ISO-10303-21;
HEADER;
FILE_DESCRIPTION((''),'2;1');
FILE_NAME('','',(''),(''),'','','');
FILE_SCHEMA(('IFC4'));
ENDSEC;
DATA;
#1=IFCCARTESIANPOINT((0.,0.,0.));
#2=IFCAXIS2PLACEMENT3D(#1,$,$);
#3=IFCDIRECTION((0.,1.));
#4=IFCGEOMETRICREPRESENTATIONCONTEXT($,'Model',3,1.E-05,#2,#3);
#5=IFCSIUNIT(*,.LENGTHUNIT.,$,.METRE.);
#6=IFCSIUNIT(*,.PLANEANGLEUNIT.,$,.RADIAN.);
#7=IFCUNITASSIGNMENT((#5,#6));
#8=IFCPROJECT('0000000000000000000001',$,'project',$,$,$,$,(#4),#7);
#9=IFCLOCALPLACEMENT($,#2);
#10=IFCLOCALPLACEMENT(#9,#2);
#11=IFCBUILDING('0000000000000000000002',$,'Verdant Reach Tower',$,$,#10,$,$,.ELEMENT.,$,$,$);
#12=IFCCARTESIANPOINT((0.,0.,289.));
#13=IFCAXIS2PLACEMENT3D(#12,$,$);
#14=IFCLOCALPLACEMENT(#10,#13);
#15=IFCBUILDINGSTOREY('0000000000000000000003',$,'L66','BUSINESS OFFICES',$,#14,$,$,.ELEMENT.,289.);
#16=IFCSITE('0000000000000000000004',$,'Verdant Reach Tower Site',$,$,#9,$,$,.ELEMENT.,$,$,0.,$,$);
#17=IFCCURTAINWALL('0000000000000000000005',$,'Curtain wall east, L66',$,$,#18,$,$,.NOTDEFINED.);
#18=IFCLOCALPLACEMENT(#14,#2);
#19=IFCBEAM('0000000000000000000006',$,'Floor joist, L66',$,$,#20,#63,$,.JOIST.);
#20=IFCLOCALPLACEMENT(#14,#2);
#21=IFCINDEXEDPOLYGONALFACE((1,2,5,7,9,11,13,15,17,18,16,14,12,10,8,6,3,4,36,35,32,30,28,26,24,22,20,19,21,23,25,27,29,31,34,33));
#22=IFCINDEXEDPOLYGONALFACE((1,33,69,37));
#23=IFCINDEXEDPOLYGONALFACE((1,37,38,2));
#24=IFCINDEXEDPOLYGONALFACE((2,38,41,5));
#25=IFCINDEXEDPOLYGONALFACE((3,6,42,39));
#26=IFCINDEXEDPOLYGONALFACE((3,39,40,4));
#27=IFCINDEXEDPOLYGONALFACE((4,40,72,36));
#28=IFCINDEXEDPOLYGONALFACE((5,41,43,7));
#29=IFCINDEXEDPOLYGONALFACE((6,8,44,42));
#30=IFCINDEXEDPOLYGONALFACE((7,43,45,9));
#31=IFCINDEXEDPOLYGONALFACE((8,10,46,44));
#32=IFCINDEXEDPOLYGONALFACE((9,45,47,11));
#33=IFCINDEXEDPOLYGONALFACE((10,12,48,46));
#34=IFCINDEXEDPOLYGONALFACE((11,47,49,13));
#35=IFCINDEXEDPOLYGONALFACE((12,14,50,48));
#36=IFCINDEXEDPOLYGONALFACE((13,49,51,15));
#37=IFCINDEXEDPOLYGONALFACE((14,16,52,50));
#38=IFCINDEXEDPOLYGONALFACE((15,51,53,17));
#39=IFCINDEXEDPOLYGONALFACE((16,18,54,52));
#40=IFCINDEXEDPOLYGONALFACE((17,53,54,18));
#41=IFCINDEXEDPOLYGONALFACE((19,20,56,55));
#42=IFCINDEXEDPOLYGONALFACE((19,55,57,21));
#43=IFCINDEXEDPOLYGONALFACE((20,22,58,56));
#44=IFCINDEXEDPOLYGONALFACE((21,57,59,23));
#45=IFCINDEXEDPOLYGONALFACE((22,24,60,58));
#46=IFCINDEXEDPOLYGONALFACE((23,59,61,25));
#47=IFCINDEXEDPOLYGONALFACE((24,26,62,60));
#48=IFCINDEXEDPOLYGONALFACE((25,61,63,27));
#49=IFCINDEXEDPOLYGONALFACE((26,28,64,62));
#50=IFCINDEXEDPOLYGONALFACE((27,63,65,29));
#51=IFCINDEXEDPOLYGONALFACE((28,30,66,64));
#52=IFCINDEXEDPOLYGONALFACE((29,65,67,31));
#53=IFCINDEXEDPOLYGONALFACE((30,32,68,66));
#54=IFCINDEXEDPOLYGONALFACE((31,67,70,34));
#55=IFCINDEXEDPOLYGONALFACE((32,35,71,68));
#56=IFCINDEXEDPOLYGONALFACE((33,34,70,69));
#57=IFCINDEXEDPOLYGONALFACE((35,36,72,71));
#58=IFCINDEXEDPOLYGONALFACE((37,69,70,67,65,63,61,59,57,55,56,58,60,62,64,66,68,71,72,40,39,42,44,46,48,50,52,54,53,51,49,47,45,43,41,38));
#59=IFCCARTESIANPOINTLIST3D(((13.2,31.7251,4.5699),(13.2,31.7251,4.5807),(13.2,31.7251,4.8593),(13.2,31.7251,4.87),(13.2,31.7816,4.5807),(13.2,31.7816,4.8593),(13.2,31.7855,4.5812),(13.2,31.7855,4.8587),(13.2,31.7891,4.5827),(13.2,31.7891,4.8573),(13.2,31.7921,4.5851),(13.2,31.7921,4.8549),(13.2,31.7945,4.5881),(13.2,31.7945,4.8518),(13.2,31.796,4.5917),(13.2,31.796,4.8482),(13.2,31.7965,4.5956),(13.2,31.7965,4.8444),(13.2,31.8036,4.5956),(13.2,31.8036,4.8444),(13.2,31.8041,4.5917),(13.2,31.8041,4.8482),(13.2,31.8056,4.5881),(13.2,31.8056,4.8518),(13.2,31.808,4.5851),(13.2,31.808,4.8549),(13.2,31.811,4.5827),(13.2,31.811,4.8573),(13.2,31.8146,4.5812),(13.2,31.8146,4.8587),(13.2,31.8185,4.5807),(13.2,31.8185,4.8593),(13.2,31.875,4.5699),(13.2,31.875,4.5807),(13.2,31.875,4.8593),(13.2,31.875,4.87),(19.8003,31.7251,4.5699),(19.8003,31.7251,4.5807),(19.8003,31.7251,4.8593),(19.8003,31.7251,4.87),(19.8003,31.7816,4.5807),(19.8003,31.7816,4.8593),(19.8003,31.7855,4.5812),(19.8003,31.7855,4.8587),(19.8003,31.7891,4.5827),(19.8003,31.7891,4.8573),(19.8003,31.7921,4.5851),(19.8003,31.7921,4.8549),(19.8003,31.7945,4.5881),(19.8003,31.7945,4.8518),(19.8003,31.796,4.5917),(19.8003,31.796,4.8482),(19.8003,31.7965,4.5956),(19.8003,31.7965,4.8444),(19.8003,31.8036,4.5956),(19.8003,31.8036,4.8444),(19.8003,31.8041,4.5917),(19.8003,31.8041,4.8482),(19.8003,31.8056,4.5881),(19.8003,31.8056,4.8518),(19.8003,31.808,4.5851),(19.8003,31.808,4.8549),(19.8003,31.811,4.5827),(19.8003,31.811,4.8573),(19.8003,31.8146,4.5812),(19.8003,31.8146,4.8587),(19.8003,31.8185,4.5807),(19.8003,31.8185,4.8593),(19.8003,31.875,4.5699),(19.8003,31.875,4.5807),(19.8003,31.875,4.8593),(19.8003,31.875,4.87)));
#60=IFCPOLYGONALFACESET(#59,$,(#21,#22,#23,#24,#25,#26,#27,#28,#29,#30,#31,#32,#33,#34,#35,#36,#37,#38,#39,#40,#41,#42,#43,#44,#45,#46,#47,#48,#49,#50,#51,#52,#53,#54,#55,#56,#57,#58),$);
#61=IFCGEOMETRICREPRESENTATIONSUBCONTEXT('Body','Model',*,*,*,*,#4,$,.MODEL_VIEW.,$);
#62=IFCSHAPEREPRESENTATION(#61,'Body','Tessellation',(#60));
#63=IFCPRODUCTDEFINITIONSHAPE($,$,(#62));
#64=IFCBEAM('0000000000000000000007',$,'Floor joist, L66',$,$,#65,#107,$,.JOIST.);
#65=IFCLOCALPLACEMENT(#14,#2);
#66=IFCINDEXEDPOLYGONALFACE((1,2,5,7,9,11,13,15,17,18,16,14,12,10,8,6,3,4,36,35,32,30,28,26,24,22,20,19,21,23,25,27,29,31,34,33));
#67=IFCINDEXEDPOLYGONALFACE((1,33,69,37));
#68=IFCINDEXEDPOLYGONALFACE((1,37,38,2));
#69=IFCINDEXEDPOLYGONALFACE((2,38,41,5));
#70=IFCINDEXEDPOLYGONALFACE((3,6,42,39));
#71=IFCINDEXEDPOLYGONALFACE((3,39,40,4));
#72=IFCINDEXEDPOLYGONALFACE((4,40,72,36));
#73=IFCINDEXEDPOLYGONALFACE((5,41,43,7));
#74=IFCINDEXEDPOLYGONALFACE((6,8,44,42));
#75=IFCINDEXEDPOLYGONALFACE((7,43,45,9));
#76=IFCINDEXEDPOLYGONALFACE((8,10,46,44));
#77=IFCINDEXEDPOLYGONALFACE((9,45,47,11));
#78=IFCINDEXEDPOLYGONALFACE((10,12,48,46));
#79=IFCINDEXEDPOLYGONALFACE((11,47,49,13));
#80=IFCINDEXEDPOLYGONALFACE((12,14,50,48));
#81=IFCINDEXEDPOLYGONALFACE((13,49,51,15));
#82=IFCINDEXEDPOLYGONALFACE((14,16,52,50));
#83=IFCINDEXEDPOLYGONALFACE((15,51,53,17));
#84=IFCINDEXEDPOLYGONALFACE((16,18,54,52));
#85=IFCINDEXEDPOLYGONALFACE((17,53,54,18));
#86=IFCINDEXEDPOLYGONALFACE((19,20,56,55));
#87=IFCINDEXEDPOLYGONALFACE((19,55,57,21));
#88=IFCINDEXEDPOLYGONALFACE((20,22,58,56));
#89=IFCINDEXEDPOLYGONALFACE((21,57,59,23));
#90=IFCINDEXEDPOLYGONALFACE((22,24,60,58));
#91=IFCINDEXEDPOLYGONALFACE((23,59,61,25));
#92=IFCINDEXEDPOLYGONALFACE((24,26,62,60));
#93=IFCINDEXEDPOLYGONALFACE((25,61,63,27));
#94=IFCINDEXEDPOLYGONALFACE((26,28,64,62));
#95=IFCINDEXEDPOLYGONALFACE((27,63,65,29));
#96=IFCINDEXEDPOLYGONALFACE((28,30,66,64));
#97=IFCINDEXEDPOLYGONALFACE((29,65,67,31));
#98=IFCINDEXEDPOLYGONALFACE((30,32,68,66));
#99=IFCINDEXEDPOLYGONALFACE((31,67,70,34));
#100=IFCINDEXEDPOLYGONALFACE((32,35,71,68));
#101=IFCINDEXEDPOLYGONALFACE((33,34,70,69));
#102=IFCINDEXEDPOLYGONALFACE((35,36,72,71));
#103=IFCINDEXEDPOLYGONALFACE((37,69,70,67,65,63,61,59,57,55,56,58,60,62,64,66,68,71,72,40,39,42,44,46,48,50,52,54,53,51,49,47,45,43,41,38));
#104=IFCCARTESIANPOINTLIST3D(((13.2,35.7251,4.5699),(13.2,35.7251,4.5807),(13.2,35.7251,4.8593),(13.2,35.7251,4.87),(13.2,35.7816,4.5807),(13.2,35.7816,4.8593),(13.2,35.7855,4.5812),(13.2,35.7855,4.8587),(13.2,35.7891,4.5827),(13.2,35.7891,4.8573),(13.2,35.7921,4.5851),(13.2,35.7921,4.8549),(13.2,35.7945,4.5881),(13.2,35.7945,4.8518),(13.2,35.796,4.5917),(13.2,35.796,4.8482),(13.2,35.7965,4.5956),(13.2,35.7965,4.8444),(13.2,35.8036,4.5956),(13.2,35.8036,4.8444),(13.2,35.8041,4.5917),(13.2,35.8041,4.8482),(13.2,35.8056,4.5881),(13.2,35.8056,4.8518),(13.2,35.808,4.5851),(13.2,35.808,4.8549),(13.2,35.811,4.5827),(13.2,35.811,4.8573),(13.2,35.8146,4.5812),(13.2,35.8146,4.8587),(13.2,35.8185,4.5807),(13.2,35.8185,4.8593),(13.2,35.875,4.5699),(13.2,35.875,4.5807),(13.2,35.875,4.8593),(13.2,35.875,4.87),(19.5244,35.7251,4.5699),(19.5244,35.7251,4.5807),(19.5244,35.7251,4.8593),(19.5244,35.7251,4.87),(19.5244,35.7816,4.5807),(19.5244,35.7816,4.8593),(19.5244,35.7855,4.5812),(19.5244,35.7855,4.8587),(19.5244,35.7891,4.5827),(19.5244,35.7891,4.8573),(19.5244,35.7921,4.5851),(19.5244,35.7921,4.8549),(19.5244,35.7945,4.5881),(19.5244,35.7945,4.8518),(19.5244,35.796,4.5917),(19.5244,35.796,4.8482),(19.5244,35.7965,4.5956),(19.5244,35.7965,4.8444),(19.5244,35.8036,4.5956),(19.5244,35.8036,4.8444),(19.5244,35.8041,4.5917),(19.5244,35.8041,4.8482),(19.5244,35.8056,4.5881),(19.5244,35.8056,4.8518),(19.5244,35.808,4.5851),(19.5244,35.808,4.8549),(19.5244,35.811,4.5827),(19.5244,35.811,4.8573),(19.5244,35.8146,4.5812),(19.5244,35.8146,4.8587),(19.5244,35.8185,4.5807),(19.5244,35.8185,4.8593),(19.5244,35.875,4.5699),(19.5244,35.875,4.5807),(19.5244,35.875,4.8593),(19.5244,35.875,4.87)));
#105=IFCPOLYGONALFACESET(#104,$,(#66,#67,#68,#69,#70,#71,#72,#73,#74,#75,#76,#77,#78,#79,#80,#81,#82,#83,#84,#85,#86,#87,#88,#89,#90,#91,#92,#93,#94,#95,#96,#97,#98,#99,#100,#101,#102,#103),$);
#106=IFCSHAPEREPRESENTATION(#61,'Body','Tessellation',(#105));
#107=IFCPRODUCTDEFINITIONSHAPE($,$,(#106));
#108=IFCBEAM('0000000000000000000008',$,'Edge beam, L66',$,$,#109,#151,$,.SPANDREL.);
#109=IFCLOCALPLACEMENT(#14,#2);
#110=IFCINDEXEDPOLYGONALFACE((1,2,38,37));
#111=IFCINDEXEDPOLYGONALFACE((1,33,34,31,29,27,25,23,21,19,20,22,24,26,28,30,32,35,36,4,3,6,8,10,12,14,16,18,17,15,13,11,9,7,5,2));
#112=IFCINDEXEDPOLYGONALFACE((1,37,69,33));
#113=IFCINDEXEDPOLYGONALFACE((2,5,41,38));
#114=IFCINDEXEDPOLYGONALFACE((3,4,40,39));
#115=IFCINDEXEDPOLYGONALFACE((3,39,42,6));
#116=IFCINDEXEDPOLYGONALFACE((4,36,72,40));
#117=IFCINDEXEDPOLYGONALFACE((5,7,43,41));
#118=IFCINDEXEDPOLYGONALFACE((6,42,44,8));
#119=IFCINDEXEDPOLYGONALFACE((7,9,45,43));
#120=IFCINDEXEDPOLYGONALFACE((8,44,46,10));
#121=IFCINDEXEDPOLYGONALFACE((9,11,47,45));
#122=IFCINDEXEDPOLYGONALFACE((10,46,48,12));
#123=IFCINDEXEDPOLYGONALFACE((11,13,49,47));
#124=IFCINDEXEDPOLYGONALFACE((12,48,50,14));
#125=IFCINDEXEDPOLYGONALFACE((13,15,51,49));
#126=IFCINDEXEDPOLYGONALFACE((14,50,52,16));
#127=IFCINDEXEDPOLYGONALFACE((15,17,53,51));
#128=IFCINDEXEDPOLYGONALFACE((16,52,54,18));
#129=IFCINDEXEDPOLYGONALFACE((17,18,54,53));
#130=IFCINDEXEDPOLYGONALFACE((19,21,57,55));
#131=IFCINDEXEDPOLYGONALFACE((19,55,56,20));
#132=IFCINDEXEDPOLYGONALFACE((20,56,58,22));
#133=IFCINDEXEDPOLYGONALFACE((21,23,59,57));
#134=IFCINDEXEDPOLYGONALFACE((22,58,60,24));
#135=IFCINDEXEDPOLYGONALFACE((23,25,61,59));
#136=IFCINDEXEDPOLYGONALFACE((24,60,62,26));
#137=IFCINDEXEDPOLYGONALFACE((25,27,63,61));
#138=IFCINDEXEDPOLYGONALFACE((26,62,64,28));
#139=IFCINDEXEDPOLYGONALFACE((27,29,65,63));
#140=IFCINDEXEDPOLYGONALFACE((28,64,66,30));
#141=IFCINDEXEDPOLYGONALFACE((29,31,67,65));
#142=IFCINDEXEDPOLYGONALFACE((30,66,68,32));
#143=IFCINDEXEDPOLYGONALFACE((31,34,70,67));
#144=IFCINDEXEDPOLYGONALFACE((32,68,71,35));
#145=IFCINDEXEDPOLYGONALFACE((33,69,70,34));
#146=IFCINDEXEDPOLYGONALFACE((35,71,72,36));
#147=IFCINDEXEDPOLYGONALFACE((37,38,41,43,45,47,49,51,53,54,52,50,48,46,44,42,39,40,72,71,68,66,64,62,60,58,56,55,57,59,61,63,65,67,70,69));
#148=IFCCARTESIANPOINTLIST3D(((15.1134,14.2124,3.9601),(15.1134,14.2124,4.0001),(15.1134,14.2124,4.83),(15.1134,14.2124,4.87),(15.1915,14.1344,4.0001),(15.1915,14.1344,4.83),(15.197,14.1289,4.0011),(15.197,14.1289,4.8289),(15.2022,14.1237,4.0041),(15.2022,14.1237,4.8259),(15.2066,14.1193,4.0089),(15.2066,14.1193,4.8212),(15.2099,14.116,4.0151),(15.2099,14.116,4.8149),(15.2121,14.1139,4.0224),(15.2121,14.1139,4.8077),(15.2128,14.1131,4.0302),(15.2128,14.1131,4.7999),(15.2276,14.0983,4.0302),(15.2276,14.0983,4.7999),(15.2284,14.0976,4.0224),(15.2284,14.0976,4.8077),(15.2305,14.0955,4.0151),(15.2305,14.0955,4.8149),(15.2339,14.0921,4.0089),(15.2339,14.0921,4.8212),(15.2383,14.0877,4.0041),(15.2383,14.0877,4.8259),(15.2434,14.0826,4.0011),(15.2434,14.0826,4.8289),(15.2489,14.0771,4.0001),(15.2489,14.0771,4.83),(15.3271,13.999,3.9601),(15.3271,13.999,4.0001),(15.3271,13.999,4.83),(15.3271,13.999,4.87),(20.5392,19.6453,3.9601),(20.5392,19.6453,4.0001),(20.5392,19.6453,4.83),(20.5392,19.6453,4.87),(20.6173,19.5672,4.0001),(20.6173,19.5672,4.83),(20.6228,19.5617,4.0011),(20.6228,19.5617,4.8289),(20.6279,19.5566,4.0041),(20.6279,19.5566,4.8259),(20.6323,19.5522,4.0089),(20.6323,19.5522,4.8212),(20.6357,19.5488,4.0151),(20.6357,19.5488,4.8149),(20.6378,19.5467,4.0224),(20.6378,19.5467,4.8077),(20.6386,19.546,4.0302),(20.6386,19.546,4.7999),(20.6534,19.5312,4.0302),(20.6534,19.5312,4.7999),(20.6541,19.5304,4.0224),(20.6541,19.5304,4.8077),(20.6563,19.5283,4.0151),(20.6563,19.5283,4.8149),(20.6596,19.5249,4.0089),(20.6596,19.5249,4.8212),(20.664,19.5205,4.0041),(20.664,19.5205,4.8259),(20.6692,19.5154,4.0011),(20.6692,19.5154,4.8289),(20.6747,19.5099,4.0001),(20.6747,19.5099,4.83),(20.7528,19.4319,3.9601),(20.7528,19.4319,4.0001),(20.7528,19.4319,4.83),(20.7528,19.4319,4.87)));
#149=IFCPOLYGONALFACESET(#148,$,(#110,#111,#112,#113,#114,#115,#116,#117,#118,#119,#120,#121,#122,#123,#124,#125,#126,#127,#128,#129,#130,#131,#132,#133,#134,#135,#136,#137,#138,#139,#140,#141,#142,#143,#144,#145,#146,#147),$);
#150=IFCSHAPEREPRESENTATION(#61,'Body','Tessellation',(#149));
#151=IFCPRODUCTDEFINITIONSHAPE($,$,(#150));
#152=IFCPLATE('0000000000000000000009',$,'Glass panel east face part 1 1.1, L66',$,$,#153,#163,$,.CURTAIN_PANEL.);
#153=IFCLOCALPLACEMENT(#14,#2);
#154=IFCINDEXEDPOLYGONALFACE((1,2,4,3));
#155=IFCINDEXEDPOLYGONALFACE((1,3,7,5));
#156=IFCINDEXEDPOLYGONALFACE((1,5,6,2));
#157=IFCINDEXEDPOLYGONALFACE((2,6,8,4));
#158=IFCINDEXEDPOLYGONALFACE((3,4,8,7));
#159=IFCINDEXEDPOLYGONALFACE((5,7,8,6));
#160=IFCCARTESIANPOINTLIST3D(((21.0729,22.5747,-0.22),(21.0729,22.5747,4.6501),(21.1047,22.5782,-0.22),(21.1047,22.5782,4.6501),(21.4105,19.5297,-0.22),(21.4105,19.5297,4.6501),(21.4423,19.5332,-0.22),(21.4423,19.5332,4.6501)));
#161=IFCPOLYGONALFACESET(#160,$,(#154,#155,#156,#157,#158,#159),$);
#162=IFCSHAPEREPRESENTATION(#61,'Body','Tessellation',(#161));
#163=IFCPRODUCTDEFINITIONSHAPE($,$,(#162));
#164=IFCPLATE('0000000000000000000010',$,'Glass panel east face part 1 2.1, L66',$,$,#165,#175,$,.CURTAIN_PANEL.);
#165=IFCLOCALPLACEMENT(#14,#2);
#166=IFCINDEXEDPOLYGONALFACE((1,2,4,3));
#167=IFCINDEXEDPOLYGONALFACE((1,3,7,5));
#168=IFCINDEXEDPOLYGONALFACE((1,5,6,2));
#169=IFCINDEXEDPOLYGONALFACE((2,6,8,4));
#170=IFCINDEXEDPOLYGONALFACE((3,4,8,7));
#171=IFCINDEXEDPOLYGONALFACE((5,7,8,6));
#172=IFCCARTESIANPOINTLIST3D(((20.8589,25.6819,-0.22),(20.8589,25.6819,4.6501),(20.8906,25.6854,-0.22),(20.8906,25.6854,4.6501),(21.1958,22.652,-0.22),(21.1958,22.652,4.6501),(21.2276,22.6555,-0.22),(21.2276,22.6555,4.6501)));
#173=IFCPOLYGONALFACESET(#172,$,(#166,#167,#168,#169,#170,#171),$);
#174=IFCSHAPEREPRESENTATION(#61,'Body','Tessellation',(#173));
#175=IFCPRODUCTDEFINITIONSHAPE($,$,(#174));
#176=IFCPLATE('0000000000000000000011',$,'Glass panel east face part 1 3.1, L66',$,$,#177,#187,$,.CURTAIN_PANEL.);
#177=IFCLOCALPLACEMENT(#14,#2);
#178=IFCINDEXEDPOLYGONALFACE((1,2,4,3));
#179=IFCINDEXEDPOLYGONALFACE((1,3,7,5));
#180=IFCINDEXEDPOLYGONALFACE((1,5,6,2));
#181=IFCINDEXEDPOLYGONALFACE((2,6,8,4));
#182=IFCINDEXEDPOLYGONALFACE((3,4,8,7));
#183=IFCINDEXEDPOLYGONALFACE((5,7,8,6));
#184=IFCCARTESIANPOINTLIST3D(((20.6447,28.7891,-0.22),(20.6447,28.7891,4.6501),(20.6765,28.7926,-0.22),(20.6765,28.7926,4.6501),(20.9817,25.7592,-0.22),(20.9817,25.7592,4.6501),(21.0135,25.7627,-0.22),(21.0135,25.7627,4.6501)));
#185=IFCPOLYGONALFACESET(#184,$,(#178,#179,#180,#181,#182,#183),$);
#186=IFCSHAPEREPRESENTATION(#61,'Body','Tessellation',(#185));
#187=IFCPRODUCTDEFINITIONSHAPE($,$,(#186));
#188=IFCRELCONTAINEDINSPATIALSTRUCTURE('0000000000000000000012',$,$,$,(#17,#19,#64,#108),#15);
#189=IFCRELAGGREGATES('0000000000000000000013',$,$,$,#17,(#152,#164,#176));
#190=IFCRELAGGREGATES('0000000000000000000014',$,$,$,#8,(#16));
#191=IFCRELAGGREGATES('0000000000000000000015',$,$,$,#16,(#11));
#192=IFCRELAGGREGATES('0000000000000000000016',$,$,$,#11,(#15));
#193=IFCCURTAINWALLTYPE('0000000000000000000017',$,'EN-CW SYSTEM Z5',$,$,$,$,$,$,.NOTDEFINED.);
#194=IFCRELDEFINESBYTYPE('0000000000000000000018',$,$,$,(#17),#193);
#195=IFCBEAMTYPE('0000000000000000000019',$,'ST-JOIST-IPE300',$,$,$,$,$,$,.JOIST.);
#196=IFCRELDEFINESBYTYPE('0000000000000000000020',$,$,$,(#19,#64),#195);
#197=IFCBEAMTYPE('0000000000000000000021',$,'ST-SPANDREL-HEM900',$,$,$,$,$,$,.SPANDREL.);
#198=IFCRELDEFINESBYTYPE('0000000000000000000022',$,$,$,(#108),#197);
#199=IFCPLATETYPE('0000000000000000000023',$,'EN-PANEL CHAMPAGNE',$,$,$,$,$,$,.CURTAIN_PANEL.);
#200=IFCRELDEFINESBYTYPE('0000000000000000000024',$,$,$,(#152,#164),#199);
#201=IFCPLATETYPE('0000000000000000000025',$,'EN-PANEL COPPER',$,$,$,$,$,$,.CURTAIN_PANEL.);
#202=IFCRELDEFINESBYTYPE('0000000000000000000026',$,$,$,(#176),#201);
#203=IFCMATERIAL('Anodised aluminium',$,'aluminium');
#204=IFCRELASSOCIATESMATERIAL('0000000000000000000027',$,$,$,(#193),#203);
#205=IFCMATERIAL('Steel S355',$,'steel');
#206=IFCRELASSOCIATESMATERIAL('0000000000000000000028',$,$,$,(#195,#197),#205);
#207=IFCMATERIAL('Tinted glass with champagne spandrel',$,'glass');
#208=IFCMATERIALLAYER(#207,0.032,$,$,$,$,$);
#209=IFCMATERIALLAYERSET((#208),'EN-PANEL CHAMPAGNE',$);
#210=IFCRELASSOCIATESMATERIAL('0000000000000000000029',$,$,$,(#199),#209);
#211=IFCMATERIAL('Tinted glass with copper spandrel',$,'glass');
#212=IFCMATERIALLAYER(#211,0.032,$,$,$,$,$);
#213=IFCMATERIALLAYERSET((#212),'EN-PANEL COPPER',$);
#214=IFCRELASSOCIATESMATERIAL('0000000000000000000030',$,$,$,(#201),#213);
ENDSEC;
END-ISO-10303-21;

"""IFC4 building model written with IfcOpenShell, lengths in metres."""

from ifc_helpers import new_model, si_unit, direction, frame, origin, origin_2d, place, context, subcontext, project, spatial, rectangle, i_section, extrude, material, layer, layer_set, material_profile, profile_set, type_object, element, aggregate, save


model = new_model("IFC4")

# Units and contexts
model_context = context("Model", 3, precision=1e-05, world=origin(), true_north=direction((0.0, 1.0)))
body_context = subcontext(model_context, "Body", "Model", "MODEL_VIEW")
ifc_project = project(units=[si_unit("LENGTHUNIT", "METRE"), si_unit("PLANEANGLEUNIT", "RADIAN")], contexts=[model_context])

# Site, building, storey
site_placement = place(None, origin())
site = spatial("IfcSite", under=ifc_project, at=site_placement, Name="Verdant Reach Tower Site", CompositionType="ELEMENT", RefElevation=0.0)
building_placement = place(site_placement, origin())
building = spatial("IfcBuilding", under=site, at=building_placement, Name="Verdant Reach Tower", CompositionType="ELEMENT")
storey_placement = place(building_placement, frame((0.0, 0.0, 289.0)))
storey = spatial("IfcBuildingStorey", under=building, at=storey_placement, Name="L66", Description="BUSINESS OFFICES", CompositionType="ELEMENT", Elevation=289.0)

# Curtain wall
ifc_material_1 = material(Name="Anodised aluminium", Category="aluminium")
curtain_wall_type = type_object("IfcCurtainWallType", Name="EN-CW SYSTEM Z5", PredefinedType="NOTDEFINED", material=ifc_material_1)
curtain_wall_placement = place(storey_placement, origin())
curtain_wall = element("IfcCurtainWall", 1, at=curtain_wall_placement, inside=storey, type_object=curtain_wall_type, Name="Curtain wall east, L66", PredefinedType="NOTDEFINED")

# Beams
ifc_material_2 = material(Name="Steel S355", Category="steel")
ifc_material_profile_1 = material_profile(ifc_material_2, i_section(OverallWidth=0.1499, OverallDepth=0.3, WebThickness=0.0071, FlangeThickness=0.0107, FilletRadius=0.0149, at=origin_2d()), Name="IPE 300")
ifc_profile_set_1 = profile_set([ifc_material_profile_1], Name="Steel S355")
beam_type_1 = type_object("IfcBeamType", Name="ST-JOIST-IPE300", PredefinedType="JOIST", material=ifc_profile_set_1)
beam_1_placement = place(storey_placement, frame((13.2, 31.8, 4.72), z_axis=(1.0, 0.0, 0.0), x_axis=(0.0, 1.0, 0.0)))
element("IfcBeam", 2, at=beam_1_placement, inside=storey, type_object=beam_type_1, Name="Floor joist, L66", PredefinedType="JOIST", context=body_context, shape_type="SweptSolid", body=[
    extrude(i_section(OverallWidth=0.1499, OverallDepth=0.3, WebThickness=0.0071, FlangeThickness=0.0107, FilletRadius=0.0149, at=origin_2d()), origin(), (0.0, 0.0, 1.0), 6.6003),
])
beam_2_placement = place(storey_placement, frame((13.2, 35.8, 4.72), z_axis=(1.0, 0.0, 0.0), x_axis=(0.0, 1.0, 0.0)))
element("IfcBeam", 3, at=beam_2_placement, inside=storey, type_object=beam_type_1, Name="Floor joist, L66", PredefinedType="JOIST", context=body_context, shape_type="SweptSolid", body=[
    extrude(i_section(OverallWidth=0.1499, OverallDepth=0.3, WebThickness=0.0071, FlangeThickness=0.0107, FilletRadius=0.0149, at=origin_2d()), origin(), (0.0, 0.0, 1.0), 6.3245),
])
ifc_material_profile_2 = material_profile(ifc_material_2, i_section(OverallWidth=0.302, OverallDepth=0.9099, WebThickness=0.021, FlangeThickness=0.04, FilletRadius=0.03, at=origin_2d()), Name="HEM 900")
ifc_profile_set_2 = profile_set([ifc_material_profile_2], Name="Steel S355")
beam_type_2 = type_object("IfcBeamType", Name="ST-SPANDREL-HEM900", PredefinedType="SPANDREL", material=ifc_profile_set_2)
beam_3_placement = place(storey_placement, frame((20.646, 19.5386, 4.415), z_axis=(-0.706646, -0.707568, 0.0), x_axis=(0.707568, -0.706646, 0.0)))
element("IfcBeam", 4, at=beam_3_placement, inside=storey, type_object=beam_type_2, Name="Edge beam, L66", PredefinedType="SPANDREL", context=body_context, shape_type="SweptSolid", body=[
    extrude(i_section(OverallWidth=0.302, OverallDepth=0.9099, WebThickness=0.021, FlangeThickness=0.04, FilletRadius=0.03, at=origin_2d()), origin(), (0.0, 0.0, 1.0), 7.6782),
])

# Plates
ifc_material_3 = material(Name="Tinted glass with champagne spandrel", Category="glass")
ifc_layer_1 = layer(ifc_material_3, 0.032)
ifc_layer_set_1 = layer_set([ifc_layer_1], Name="EN-PANEL CHAMPAGNE")
plate_type_1 = type_object("IfcPlateType", Name="EN-PANEL CHAMPAGNE", PredefinedType="CURTAIN_PANEL", material=ifc_layer_set_1)
plate_1_placement = place(storey_placement, frame((21.2576, 21.054, -0.22), z_axis=(0.0, 0.0, 1.0), x_axis=(-0.110198, 0.99391, 0.0)))
plate_1 = element("IfcPlate", 5, at=plate_1_placement, type_object=plate_type_1, Name="Glass panel east face part 1 1.1, L66", PredefinedType="CURTAIN_PANEL", context=body_context, shape_type="SweptSolid", body=[
    extrude(rectangle(XDim=3.0637, YDim=0.032, at=origin_2d()), origin(), (0.0, 0.0, 1.0), 4.8701),
])
plate_2_placement = place(storey_placement, frame((21.0432, 24.1687, -0.22), z_axis=(0.0, 0.0, 1.0), x_axis=(-0.110518, 0.993874, 0.0)))
plate_2 = element("IfcPlate", 6, at=plate_2_placement, type_object=plate_type_1, Name="Glass panel east face part 1 2.1, L66", PredefinedType="CURTAIN_PANEL", context=body_context, shape_type="SweptSolid", body=[
    extrude(rectangle(XDim=3.0486, YDim=0.032, at=origin_2d()), origin(), (0.0, 0.0, 1.0), 4.8701),
])
ifc_material_4 = material(Name="Tinted glass with copper spandrel", Category="glass")
ifc_layer_2 = layer(ifc_material_4, 0.032)
ifc_layer_set_2 = layer_set([ifc_layer_2], Name="EN-PANEL COPPER")
plate_type_2 = type_object("IfcPlateType", Name="EN-PANEL COPPER", PredefinedType="CURTAIN_PANEL", material=ifc_layer_set_2)
plate_3_placement = place(storey_placement, frame((20.8291, 27.2759, -0.22), z_axis=(0.0, 0.0, 1.0), x_axis=(-0.110518, 0.993874, 0.0)))
plate_3 = element("IfcPlate", 7, at=plate_3_placement, type_object=plate_type_2, Name="Glass panel east face part 1 3.1, L66", PredefinedType="CURTAIN_PANEL", context=body_context, shape_type="SweptSolid", body=[
    extrude(rectangle(XDim=3.0486, YDim=0.032, at=origin_2d()), origin(), (0.0, 0.0, 1.0), 4.8701),
])
aggregate(curtain_wall, [plate_1, plate_2, plate_3])

save(model, "model.ifc")
